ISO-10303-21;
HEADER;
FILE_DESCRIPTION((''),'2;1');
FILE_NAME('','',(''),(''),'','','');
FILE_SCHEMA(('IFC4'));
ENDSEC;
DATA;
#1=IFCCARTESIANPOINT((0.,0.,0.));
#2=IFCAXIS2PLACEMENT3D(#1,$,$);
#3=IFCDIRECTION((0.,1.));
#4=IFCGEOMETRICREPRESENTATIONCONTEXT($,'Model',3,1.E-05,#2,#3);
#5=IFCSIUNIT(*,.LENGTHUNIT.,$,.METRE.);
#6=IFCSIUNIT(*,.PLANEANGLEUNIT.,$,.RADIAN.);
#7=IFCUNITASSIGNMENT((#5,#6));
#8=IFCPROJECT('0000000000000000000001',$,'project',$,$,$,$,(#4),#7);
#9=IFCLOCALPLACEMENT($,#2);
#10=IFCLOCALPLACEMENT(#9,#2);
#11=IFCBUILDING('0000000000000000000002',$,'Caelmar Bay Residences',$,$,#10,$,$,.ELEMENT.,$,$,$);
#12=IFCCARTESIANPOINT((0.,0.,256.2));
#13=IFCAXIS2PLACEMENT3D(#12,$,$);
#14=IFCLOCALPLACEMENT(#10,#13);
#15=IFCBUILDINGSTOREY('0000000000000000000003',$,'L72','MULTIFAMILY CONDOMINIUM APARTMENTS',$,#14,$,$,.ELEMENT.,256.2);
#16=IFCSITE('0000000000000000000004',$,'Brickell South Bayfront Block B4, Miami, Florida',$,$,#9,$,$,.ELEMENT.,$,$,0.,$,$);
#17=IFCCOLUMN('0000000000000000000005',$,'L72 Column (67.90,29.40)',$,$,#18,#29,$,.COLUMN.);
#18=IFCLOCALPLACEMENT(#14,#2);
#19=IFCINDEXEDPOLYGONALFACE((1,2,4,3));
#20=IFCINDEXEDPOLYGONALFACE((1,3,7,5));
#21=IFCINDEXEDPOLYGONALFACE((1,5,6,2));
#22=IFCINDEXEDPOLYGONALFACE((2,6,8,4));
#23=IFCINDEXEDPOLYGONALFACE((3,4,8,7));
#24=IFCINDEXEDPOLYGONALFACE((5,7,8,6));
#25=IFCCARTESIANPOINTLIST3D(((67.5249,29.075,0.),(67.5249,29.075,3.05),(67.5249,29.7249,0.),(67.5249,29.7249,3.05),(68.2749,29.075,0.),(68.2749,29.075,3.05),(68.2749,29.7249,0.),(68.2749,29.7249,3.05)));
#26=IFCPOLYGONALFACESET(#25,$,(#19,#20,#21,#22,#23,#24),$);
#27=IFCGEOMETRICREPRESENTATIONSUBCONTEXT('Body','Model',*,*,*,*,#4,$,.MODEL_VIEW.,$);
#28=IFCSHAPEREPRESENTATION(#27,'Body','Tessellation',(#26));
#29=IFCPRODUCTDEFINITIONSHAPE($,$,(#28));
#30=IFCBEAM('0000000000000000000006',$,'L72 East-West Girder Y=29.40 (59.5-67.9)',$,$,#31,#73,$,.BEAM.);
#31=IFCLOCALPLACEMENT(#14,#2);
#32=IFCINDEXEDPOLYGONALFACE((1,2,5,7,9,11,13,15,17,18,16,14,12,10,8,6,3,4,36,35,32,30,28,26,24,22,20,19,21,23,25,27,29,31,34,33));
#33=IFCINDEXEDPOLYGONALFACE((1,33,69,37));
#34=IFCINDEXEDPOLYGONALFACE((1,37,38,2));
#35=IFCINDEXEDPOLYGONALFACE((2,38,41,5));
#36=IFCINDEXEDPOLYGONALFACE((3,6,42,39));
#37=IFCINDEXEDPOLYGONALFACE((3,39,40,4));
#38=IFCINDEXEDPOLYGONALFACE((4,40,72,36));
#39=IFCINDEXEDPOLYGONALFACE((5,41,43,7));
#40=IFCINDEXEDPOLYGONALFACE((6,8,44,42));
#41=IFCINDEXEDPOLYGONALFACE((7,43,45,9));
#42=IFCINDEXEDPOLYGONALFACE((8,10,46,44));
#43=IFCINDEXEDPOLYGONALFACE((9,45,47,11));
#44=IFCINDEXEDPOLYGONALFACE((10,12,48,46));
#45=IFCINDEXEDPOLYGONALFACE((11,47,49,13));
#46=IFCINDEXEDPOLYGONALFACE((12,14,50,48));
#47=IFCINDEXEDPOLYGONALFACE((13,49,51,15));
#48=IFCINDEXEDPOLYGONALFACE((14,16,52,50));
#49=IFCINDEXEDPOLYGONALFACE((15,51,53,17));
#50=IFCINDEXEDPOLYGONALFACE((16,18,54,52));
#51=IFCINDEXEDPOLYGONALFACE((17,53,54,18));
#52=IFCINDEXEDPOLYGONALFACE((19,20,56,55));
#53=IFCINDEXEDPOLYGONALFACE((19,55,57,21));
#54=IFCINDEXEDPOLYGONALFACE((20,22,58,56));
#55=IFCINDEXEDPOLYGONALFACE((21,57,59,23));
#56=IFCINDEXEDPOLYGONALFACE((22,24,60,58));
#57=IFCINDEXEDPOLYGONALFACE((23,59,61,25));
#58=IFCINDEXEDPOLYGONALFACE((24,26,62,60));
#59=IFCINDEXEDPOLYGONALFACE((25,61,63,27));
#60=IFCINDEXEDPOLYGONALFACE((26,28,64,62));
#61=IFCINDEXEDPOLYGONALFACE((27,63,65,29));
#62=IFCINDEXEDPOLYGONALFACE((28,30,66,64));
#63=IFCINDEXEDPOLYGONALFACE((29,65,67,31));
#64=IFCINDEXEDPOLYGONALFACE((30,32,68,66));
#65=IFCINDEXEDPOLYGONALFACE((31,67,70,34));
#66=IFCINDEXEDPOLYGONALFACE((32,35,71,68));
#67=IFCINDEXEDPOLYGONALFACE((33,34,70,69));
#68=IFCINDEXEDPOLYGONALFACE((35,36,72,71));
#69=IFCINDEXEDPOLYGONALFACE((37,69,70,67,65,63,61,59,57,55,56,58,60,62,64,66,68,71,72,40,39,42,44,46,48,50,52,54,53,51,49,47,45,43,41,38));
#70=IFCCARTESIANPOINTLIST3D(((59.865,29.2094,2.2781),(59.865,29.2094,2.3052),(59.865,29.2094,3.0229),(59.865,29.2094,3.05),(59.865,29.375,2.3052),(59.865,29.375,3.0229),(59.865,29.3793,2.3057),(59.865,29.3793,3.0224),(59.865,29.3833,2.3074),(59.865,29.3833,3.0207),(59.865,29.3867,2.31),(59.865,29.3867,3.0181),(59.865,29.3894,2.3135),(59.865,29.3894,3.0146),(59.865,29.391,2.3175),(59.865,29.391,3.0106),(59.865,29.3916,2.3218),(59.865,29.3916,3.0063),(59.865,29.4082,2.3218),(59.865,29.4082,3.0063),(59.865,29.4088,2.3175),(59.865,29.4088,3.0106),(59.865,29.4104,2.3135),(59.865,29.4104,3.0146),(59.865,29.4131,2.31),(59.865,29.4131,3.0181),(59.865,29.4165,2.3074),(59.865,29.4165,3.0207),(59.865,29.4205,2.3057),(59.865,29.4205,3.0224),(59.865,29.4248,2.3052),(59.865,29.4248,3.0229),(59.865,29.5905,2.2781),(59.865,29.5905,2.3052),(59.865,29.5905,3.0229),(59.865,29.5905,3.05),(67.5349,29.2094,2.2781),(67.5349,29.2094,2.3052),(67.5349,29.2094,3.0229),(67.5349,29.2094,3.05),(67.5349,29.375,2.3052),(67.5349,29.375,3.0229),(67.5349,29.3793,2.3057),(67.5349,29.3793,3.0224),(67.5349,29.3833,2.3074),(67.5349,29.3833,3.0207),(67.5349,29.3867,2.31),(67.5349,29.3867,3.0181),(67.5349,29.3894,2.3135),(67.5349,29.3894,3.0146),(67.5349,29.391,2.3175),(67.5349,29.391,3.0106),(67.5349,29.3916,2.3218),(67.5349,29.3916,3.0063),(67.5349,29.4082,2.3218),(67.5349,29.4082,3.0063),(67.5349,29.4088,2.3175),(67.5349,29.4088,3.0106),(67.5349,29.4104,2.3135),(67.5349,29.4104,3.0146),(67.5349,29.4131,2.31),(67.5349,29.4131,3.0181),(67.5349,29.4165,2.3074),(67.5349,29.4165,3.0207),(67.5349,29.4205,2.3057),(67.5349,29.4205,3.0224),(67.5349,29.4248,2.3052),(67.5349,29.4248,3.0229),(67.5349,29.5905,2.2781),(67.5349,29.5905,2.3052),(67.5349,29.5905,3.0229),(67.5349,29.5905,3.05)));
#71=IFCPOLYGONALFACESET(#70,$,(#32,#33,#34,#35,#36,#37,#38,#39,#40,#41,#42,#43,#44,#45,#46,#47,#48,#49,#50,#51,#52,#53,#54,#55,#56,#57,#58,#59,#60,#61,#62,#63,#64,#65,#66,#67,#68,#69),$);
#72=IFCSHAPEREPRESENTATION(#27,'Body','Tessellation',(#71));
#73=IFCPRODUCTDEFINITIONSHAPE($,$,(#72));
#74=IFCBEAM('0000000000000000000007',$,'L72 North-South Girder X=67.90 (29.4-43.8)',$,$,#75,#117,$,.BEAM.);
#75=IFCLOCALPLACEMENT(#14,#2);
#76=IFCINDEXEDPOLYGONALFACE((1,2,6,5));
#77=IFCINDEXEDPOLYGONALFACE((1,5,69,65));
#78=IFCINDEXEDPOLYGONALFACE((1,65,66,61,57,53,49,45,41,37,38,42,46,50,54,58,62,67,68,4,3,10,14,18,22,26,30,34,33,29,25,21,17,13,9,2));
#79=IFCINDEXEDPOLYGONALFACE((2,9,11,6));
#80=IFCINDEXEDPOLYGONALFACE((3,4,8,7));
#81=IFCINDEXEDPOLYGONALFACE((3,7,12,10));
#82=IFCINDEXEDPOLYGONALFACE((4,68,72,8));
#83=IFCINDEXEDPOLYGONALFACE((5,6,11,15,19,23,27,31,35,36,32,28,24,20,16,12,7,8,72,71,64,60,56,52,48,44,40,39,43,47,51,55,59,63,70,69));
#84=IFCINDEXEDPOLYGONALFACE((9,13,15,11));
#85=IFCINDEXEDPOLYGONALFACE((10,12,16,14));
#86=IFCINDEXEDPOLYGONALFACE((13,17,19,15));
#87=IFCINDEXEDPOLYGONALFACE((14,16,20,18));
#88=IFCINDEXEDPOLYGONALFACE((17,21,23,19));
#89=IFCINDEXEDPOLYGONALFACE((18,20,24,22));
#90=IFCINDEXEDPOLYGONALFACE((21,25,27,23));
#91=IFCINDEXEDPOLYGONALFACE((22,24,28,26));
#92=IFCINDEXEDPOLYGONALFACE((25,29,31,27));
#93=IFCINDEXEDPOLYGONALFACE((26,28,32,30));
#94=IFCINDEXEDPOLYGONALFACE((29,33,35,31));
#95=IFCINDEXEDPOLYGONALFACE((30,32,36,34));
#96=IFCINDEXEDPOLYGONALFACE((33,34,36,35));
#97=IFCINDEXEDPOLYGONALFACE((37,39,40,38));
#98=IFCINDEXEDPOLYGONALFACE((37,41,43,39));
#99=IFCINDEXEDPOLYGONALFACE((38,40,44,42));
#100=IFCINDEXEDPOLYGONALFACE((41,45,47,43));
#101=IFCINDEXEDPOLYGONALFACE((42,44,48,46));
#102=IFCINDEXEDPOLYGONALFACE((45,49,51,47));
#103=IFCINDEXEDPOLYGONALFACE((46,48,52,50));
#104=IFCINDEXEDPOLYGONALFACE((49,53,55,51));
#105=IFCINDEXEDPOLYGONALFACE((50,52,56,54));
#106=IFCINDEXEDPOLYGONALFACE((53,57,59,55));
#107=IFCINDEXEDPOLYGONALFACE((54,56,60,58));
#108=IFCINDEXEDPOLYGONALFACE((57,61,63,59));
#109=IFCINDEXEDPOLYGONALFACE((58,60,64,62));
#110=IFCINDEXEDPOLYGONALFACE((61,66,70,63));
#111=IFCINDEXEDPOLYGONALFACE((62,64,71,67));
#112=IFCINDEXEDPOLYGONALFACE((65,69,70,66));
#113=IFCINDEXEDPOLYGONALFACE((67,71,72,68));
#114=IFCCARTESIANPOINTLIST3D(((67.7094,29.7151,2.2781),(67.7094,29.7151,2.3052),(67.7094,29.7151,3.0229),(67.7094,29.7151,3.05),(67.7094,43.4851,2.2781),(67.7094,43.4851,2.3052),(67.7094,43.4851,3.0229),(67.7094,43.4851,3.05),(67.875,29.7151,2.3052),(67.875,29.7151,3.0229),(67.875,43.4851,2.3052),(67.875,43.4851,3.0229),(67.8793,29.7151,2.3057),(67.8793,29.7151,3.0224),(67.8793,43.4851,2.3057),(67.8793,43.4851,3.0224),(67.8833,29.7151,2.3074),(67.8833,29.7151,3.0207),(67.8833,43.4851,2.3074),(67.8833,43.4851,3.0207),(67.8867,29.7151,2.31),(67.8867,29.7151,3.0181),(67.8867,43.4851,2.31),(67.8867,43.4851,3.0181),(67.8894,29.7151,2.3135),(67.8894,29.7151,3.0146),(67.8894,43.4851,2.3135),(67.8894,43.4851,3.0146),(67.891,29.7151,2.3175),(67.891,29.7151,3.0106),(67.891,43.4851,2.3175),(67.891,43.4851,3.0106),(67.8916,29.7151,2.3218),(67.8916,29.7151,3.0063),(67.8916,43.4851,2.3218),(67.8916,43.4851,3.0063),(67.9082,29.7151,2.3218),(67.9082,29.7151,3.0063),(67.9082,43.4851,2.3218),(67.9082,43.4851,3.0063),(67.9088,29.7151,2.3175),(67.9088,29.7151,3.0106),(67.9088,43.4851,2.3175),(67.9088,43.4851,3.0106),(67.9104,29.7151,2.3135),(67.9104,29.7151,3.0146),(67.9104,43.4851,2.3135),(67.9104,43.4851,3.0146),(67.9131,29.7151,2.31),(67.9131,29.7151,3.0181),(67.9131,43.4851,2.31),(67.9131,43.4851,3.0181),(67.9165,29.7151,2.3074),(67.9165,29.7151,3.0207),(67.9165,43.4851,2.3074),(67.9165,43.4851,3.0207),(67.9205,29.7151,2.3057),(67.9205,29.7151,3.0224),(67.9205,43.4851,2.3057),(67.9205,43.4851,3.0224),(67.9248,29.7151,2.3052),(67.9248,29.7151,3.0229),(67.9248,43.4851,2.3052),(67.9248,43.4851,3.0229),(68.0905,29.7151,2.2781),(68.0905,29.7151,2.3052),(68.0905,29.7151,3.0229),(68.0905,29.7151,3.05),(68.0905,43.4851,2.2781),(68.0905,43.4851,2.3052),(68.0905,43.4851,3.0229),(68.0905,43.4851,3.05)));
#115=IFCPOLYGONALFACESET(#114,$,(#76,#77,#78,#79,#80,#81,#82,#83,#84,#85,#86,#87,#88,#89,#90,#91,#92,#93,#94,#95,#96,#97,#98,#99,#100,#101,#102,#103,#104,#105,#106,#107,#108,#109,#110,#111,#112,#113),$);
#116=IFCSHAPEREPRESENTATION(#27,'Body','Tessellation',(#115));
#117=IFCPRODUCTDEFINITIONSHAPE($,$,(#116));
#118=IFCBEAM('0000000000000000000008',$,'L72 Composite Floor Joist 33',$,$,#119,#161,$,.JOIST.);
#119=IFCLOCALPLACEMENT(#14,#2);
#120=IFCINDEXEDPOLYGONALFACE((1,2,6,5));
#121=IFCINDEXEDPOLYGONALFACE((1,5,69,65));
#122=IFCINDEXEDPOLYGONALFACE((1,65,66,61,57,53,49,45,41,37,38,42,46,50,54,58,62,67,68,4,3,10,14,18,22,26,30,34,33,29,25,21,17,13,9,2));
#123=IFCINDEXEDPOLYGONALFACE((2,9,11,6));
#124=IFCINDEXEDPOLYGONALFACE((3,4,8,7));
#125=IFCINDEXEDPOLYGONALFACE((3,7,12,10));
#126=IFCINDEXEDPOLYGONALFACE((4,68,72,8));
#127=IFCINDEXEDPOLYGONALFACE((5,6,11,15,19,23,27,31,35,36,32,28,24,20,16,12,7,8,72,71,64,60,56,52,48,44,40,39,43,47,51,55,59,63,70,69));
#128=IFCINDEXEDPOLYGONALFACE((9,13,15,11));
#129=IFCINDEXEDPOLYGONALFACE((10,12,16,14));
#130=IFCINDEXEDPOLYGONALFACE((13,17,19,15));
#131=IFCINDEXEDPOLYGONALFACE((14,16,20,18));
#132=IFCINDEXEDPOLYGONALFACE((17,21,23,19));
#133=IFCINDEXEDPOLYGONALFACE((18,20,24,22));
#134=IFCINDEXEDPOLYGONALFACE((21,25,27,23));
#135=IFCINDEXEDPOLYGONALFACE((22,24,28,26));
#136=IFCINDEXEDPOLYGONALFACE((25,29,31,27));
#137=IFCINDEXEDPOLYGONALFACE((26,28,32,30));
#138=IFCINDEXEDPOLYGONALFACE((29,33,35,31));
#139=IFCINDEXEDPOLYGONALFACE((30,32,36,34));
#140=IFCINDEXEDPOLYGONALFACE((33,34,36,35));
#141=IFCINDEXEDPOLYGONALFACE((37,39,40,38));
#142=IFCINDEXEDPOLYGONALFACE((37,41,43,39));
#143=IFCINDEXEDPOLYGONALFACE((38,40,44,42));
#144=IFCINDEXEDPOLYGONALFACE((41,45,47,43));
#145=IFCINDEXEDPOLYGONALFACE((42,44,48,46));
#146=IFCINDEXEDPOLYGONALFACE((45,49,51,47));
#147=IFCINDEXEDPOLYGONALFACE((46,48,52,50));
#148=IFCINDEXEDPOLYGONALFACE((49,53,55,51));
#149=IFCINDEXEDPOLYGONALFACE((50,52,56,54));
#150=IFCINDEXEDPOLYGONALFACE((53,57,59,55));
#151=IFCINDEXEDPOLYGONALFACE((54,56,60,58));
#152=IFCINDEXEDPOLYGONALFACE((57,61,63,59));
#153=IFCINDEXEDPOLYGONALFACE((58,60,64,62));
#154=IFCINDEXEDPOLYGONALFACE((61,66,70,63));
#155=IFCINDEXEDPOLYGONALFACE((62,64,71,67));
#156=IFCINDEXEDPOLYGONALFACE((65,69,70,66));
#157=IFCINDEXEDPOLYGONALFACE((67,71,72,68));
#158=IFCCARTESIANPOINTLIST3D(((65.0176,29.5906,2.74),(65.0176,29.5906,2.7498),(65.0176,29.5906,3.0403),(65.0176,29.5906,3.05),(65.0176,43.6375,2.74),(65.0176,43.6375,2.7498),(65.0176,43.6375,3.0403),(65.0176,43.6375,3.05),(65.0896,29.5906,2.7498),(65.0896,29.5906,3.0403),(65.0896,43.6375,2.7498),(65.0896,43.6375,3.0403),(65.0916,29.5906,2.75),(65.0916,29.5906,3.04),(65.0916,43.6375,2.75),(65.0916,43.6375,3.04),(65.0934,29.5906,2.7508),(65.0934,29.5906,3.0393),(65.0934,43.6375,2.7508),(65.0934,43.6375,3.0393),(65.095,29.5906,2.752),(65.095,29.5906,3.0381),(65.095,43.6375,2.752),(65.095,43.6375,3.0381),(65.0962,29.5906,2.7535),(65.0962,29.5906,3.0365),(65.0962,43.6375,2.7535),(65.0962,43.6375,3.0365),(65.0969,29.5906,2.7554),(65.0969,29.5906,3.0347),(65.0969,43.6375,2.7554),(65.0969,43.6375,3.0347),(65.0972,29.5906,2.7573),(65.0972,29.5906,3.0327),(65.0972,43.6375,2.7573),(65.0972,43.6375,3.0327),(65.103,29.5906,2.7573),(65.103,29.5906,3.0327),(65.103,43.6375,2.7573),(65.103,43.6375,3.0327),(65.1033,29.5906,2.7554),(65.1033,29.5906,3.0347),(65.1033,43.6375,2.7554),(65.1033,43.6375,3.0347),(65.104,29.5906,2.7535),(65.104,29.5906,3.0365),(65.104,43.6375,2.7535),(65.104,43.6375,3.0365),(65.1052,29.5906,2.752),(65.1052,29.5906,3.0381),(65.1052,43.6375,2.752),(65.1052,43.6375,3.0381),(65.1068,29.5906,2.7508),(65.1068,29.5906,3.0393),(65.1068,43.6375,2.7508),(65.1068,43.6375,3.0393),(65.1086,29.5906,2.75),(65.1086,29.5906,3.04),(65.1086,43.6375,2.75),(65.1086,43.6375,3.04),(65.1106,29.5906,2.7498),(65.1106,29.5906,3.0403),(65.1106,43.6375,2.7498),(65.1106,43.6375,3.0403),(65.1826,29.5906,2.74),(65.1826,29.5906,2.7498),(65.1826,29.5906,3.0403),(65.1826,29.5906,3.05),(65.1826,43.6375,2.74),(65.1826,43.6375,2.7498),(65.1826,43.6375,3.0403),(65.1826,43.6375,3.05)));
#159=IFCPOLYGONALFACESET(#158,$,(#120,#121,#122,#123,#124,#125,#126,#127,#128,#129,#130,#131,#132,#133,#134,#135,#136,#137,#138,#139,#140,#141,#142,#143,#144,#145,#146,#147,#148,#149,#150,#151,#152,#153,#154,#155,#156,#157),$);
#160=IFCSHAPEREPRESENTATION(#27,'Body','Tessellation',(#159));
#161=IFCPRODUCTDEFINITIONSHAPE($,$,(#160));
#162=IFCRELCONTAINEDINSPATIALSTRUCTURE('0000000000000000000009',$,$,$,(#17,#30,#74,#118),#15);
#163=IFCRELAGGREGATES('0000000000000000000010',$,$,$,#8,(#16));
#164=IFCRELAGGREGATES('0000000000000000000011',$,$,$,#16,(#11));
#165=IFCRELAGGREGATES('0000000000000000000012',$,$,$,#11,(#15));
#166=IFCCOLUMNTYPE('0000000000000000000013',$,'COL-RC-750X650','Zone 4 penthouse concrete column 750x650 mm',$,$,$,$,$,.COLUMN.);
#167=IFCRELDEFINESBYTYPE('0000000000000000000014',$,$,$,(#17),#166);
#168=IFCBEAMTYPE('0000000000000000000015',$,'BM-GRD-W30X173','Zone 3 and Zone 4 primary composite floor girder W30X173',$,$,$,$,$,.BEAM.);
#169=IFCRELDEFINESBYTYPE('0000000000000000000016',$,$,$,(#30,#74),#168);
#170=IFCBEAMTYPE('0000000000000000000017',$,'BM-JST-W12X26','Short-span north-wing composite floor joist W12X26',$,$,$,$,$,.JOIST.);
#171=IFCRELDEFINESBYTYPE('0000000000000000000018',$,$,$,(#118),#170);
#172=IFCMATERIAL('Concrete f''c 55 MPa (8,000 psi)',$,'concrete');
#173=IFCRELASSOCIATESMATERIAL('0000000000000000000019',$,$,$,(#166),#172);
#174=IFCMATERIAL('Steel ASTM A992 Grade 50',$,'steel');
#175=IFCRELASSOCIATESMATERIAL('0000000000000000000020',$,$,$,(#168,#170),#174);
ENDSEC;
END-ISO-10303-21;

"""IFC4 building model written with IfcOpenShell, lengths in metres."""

from ifc_helpers import new_model, si_unit, direction, frame, origin, origin_2d, place, context, subcontext, project, spatial, rectangle, i_section, extrude, material, material_profile, profile_set, type_object, element, save


model = new_model("IFC4")

# Units and contexts
model_context = context("Model", 3, precision=1e-05, world=origin(), true_north=direction((0.0, 1.0)))
body_context = subcontext(model_context, "Body", "Model", "MODEL_VIEW")
ifc_project = project(units=[si_unit("LENGTHUNIT", "METRE"), si_unit("PLANEANGLEUNIT", "RADIAN")], contexts=[model_context])

# Site, building, storey
site_placement = place(None, origin())
site = spatial("IfcSite", under=ifc_project, at=site_placement, Name="Brickell South Bayfront Block B4, Miami, Florida", CompositionType="ELEMENT", RefElevation=0.0)
building_placement = place(site_placement, origin())
building = spatial("IfcBuilding", under=site, at=building_placement, Name="Caelmar Bay Residences", CompositionType="ELEMENT")
storey_placement = place(building_placement, frame((0.0, 0.0, 256.2)))
storey = spatial("IfcBuildingStorey", under=building, at=storey_placement, Name="L72", Description="MULTIFAMILY CONDOMINIUM APARTMENTS", CompositionType="ELEMENT", Elevation=256.2)

# Column
ifc_material_1 = material(Name="Concrete f'c 55 MPa (8,000 psi)", Category="concrete")
ifc_material_profile_1 = material_profile(ifc_material_1, rectangle(XDim=0.75, YDim=0.6499, at=origin_2d()), Name="RC-COL-750X650")
ifc_profile_set_1 = profile_set([ifc_material_profile_1], Name="Concrete f'c 55 MPa (8,000 psi)")
column_type = type_object("IfcColumnType", Name="COL-RC-750X650", Description="Zone 4 penthouse concrete column 750x650 mm", PredefinedType="COLUMN", material=ifc_profile_set_1)
column_placement = place(storey_placement, frame((67.8999, 29.3999, 0.0), z_axis=(0.0, 0.0, 1.0), x_axis=(1.0, 0.0, 0.0)))
element("IfcColumn", 1, at=column_placement, inside=storey, type_object=column_type, Name="L72 Column (67.90,29.40)", PredefinedType="COLUMN", context=body_context, shape_type="SweptSolid", body=[
    extrude(rectangle(XDim=0.75, YDim=0.6499, at=origin_2d()), origin(), (0.0, 0.0, 1.0), 3.05),
])

# Beams
ifc_material_2 = material(Name="Steel ASTM A992 Grade 50", Category="steel")
ifc_material_profile_2 = material_profile(ifc_material_2, i_section(OverallWidth=0.3811, OverallDepth=0.772, WebThickness=0.0166, FlangeThickness=0.0271, FilletRadius=0.0166, at=origin_2d()), Name="W30X173")
ifc_profile_set_2 = profile_set([ifc_material_profile_2], Name="Steel ASTM A992 Grade 50")
beam_type_1 = type_object("IfcBeamType", Name="BM-GRD-W30X173", Description="Zone 3 and Zone 4 primary composite floor girder W30X173", PredefinedType="BEAM", material=ifc_profile_set_2)
beam_1_placement = place(storey_placement, frame((59.865, 29.3999, 2.6641), z_axis=(1.0, 0.0, 0.0), x_axis=(0.0, 1.0, 0.0)))
element("IfcBeam", 2, at=beam_1_placement, inside=storey, type_object=beam_type_1, Name="L72 East-West Girder Y=29.40 (59.5-67.9)", PredefinedType="BEAM", context=body_context, shape_type="SweptSolid", body=[
    extrude(i_section(OverallWidth=0.3811, OverallDepth=0.772, WebThickness=0.0166, FlangeThickness=0.0271, FilletRadius=0.0166, at=origin_2d()), origin(), (0.0, 0.0, 1.0), 7.6699),
])
beam_2_placement = place(storey_placement, frame((67.8999, 29.7151, 2.6641), z_axis=(0.0, 1.0, 0.0), x_axis=(-1.0, 0.0, 0.0)))
element("IfcBeam", 3, at=beam_2_placement, inside=storey, type_object=beam_type_1, Name="L72 North-South Girder X=67.90 (29.4-43.8)", PredefinedType="BEAM", context=body_context, shape_type="SweptSolid", body=[
    extrude(i_section(OverallWidth=0.3811, OverallDepth=0.772, WebThickness=0.0166, FlangeThickness=0.0271, FilletRadius=0.0166, at=origin_2d()), origin(), (0.0, 0.0, 1.0), 13.77),
])
ifc_material_profile_3 = material_profile(ifc_material_2, i_section(OverallWidth=0.165, OverallDepth=0.3101, WebThickness=0.0059, FlangeThickness=0.0098, FilletRadius=0.0076, at=origin_2d()), Name="W12X26")
ifc_profile_set_3 = profile_set([ifc_material_profile_3], Name="Steel ASTM A992 Grade 50")
beam_type_2 = type_object("IfcBeamType", Name="BM-JST-W12X26", Description="Short-span north-wing composite floor joist W12X26", PredefinedType="JOIST", material=ifc_profile_set_3)
beam_3_placement = place(storey_placement, frame((65.1001, 29.5906, 2.895), z_axis=(0.0, 1.0, 0.0), x_axis=(-1.0, 0.0, 0.0)))
element("IfcBeam", 4, at=beam_3_placement, inside=storey, type_object=beam_type_2, Name="L72 Composite Floor Joist 33", PredefinedType="JOIST", context=body_context, shape_type="SweptSolid", body=[
    extrude(i_section(OverallWidth=0.165, OverallDepth=0.3101, WebThickness=0.0059, FlangeThickness=0.0098, FilletRadius=0.0076, at=origin_2d()), origin(), (0.0, 0.0, 1.0), 14.0469),
])

save(model, "model.ifc")
